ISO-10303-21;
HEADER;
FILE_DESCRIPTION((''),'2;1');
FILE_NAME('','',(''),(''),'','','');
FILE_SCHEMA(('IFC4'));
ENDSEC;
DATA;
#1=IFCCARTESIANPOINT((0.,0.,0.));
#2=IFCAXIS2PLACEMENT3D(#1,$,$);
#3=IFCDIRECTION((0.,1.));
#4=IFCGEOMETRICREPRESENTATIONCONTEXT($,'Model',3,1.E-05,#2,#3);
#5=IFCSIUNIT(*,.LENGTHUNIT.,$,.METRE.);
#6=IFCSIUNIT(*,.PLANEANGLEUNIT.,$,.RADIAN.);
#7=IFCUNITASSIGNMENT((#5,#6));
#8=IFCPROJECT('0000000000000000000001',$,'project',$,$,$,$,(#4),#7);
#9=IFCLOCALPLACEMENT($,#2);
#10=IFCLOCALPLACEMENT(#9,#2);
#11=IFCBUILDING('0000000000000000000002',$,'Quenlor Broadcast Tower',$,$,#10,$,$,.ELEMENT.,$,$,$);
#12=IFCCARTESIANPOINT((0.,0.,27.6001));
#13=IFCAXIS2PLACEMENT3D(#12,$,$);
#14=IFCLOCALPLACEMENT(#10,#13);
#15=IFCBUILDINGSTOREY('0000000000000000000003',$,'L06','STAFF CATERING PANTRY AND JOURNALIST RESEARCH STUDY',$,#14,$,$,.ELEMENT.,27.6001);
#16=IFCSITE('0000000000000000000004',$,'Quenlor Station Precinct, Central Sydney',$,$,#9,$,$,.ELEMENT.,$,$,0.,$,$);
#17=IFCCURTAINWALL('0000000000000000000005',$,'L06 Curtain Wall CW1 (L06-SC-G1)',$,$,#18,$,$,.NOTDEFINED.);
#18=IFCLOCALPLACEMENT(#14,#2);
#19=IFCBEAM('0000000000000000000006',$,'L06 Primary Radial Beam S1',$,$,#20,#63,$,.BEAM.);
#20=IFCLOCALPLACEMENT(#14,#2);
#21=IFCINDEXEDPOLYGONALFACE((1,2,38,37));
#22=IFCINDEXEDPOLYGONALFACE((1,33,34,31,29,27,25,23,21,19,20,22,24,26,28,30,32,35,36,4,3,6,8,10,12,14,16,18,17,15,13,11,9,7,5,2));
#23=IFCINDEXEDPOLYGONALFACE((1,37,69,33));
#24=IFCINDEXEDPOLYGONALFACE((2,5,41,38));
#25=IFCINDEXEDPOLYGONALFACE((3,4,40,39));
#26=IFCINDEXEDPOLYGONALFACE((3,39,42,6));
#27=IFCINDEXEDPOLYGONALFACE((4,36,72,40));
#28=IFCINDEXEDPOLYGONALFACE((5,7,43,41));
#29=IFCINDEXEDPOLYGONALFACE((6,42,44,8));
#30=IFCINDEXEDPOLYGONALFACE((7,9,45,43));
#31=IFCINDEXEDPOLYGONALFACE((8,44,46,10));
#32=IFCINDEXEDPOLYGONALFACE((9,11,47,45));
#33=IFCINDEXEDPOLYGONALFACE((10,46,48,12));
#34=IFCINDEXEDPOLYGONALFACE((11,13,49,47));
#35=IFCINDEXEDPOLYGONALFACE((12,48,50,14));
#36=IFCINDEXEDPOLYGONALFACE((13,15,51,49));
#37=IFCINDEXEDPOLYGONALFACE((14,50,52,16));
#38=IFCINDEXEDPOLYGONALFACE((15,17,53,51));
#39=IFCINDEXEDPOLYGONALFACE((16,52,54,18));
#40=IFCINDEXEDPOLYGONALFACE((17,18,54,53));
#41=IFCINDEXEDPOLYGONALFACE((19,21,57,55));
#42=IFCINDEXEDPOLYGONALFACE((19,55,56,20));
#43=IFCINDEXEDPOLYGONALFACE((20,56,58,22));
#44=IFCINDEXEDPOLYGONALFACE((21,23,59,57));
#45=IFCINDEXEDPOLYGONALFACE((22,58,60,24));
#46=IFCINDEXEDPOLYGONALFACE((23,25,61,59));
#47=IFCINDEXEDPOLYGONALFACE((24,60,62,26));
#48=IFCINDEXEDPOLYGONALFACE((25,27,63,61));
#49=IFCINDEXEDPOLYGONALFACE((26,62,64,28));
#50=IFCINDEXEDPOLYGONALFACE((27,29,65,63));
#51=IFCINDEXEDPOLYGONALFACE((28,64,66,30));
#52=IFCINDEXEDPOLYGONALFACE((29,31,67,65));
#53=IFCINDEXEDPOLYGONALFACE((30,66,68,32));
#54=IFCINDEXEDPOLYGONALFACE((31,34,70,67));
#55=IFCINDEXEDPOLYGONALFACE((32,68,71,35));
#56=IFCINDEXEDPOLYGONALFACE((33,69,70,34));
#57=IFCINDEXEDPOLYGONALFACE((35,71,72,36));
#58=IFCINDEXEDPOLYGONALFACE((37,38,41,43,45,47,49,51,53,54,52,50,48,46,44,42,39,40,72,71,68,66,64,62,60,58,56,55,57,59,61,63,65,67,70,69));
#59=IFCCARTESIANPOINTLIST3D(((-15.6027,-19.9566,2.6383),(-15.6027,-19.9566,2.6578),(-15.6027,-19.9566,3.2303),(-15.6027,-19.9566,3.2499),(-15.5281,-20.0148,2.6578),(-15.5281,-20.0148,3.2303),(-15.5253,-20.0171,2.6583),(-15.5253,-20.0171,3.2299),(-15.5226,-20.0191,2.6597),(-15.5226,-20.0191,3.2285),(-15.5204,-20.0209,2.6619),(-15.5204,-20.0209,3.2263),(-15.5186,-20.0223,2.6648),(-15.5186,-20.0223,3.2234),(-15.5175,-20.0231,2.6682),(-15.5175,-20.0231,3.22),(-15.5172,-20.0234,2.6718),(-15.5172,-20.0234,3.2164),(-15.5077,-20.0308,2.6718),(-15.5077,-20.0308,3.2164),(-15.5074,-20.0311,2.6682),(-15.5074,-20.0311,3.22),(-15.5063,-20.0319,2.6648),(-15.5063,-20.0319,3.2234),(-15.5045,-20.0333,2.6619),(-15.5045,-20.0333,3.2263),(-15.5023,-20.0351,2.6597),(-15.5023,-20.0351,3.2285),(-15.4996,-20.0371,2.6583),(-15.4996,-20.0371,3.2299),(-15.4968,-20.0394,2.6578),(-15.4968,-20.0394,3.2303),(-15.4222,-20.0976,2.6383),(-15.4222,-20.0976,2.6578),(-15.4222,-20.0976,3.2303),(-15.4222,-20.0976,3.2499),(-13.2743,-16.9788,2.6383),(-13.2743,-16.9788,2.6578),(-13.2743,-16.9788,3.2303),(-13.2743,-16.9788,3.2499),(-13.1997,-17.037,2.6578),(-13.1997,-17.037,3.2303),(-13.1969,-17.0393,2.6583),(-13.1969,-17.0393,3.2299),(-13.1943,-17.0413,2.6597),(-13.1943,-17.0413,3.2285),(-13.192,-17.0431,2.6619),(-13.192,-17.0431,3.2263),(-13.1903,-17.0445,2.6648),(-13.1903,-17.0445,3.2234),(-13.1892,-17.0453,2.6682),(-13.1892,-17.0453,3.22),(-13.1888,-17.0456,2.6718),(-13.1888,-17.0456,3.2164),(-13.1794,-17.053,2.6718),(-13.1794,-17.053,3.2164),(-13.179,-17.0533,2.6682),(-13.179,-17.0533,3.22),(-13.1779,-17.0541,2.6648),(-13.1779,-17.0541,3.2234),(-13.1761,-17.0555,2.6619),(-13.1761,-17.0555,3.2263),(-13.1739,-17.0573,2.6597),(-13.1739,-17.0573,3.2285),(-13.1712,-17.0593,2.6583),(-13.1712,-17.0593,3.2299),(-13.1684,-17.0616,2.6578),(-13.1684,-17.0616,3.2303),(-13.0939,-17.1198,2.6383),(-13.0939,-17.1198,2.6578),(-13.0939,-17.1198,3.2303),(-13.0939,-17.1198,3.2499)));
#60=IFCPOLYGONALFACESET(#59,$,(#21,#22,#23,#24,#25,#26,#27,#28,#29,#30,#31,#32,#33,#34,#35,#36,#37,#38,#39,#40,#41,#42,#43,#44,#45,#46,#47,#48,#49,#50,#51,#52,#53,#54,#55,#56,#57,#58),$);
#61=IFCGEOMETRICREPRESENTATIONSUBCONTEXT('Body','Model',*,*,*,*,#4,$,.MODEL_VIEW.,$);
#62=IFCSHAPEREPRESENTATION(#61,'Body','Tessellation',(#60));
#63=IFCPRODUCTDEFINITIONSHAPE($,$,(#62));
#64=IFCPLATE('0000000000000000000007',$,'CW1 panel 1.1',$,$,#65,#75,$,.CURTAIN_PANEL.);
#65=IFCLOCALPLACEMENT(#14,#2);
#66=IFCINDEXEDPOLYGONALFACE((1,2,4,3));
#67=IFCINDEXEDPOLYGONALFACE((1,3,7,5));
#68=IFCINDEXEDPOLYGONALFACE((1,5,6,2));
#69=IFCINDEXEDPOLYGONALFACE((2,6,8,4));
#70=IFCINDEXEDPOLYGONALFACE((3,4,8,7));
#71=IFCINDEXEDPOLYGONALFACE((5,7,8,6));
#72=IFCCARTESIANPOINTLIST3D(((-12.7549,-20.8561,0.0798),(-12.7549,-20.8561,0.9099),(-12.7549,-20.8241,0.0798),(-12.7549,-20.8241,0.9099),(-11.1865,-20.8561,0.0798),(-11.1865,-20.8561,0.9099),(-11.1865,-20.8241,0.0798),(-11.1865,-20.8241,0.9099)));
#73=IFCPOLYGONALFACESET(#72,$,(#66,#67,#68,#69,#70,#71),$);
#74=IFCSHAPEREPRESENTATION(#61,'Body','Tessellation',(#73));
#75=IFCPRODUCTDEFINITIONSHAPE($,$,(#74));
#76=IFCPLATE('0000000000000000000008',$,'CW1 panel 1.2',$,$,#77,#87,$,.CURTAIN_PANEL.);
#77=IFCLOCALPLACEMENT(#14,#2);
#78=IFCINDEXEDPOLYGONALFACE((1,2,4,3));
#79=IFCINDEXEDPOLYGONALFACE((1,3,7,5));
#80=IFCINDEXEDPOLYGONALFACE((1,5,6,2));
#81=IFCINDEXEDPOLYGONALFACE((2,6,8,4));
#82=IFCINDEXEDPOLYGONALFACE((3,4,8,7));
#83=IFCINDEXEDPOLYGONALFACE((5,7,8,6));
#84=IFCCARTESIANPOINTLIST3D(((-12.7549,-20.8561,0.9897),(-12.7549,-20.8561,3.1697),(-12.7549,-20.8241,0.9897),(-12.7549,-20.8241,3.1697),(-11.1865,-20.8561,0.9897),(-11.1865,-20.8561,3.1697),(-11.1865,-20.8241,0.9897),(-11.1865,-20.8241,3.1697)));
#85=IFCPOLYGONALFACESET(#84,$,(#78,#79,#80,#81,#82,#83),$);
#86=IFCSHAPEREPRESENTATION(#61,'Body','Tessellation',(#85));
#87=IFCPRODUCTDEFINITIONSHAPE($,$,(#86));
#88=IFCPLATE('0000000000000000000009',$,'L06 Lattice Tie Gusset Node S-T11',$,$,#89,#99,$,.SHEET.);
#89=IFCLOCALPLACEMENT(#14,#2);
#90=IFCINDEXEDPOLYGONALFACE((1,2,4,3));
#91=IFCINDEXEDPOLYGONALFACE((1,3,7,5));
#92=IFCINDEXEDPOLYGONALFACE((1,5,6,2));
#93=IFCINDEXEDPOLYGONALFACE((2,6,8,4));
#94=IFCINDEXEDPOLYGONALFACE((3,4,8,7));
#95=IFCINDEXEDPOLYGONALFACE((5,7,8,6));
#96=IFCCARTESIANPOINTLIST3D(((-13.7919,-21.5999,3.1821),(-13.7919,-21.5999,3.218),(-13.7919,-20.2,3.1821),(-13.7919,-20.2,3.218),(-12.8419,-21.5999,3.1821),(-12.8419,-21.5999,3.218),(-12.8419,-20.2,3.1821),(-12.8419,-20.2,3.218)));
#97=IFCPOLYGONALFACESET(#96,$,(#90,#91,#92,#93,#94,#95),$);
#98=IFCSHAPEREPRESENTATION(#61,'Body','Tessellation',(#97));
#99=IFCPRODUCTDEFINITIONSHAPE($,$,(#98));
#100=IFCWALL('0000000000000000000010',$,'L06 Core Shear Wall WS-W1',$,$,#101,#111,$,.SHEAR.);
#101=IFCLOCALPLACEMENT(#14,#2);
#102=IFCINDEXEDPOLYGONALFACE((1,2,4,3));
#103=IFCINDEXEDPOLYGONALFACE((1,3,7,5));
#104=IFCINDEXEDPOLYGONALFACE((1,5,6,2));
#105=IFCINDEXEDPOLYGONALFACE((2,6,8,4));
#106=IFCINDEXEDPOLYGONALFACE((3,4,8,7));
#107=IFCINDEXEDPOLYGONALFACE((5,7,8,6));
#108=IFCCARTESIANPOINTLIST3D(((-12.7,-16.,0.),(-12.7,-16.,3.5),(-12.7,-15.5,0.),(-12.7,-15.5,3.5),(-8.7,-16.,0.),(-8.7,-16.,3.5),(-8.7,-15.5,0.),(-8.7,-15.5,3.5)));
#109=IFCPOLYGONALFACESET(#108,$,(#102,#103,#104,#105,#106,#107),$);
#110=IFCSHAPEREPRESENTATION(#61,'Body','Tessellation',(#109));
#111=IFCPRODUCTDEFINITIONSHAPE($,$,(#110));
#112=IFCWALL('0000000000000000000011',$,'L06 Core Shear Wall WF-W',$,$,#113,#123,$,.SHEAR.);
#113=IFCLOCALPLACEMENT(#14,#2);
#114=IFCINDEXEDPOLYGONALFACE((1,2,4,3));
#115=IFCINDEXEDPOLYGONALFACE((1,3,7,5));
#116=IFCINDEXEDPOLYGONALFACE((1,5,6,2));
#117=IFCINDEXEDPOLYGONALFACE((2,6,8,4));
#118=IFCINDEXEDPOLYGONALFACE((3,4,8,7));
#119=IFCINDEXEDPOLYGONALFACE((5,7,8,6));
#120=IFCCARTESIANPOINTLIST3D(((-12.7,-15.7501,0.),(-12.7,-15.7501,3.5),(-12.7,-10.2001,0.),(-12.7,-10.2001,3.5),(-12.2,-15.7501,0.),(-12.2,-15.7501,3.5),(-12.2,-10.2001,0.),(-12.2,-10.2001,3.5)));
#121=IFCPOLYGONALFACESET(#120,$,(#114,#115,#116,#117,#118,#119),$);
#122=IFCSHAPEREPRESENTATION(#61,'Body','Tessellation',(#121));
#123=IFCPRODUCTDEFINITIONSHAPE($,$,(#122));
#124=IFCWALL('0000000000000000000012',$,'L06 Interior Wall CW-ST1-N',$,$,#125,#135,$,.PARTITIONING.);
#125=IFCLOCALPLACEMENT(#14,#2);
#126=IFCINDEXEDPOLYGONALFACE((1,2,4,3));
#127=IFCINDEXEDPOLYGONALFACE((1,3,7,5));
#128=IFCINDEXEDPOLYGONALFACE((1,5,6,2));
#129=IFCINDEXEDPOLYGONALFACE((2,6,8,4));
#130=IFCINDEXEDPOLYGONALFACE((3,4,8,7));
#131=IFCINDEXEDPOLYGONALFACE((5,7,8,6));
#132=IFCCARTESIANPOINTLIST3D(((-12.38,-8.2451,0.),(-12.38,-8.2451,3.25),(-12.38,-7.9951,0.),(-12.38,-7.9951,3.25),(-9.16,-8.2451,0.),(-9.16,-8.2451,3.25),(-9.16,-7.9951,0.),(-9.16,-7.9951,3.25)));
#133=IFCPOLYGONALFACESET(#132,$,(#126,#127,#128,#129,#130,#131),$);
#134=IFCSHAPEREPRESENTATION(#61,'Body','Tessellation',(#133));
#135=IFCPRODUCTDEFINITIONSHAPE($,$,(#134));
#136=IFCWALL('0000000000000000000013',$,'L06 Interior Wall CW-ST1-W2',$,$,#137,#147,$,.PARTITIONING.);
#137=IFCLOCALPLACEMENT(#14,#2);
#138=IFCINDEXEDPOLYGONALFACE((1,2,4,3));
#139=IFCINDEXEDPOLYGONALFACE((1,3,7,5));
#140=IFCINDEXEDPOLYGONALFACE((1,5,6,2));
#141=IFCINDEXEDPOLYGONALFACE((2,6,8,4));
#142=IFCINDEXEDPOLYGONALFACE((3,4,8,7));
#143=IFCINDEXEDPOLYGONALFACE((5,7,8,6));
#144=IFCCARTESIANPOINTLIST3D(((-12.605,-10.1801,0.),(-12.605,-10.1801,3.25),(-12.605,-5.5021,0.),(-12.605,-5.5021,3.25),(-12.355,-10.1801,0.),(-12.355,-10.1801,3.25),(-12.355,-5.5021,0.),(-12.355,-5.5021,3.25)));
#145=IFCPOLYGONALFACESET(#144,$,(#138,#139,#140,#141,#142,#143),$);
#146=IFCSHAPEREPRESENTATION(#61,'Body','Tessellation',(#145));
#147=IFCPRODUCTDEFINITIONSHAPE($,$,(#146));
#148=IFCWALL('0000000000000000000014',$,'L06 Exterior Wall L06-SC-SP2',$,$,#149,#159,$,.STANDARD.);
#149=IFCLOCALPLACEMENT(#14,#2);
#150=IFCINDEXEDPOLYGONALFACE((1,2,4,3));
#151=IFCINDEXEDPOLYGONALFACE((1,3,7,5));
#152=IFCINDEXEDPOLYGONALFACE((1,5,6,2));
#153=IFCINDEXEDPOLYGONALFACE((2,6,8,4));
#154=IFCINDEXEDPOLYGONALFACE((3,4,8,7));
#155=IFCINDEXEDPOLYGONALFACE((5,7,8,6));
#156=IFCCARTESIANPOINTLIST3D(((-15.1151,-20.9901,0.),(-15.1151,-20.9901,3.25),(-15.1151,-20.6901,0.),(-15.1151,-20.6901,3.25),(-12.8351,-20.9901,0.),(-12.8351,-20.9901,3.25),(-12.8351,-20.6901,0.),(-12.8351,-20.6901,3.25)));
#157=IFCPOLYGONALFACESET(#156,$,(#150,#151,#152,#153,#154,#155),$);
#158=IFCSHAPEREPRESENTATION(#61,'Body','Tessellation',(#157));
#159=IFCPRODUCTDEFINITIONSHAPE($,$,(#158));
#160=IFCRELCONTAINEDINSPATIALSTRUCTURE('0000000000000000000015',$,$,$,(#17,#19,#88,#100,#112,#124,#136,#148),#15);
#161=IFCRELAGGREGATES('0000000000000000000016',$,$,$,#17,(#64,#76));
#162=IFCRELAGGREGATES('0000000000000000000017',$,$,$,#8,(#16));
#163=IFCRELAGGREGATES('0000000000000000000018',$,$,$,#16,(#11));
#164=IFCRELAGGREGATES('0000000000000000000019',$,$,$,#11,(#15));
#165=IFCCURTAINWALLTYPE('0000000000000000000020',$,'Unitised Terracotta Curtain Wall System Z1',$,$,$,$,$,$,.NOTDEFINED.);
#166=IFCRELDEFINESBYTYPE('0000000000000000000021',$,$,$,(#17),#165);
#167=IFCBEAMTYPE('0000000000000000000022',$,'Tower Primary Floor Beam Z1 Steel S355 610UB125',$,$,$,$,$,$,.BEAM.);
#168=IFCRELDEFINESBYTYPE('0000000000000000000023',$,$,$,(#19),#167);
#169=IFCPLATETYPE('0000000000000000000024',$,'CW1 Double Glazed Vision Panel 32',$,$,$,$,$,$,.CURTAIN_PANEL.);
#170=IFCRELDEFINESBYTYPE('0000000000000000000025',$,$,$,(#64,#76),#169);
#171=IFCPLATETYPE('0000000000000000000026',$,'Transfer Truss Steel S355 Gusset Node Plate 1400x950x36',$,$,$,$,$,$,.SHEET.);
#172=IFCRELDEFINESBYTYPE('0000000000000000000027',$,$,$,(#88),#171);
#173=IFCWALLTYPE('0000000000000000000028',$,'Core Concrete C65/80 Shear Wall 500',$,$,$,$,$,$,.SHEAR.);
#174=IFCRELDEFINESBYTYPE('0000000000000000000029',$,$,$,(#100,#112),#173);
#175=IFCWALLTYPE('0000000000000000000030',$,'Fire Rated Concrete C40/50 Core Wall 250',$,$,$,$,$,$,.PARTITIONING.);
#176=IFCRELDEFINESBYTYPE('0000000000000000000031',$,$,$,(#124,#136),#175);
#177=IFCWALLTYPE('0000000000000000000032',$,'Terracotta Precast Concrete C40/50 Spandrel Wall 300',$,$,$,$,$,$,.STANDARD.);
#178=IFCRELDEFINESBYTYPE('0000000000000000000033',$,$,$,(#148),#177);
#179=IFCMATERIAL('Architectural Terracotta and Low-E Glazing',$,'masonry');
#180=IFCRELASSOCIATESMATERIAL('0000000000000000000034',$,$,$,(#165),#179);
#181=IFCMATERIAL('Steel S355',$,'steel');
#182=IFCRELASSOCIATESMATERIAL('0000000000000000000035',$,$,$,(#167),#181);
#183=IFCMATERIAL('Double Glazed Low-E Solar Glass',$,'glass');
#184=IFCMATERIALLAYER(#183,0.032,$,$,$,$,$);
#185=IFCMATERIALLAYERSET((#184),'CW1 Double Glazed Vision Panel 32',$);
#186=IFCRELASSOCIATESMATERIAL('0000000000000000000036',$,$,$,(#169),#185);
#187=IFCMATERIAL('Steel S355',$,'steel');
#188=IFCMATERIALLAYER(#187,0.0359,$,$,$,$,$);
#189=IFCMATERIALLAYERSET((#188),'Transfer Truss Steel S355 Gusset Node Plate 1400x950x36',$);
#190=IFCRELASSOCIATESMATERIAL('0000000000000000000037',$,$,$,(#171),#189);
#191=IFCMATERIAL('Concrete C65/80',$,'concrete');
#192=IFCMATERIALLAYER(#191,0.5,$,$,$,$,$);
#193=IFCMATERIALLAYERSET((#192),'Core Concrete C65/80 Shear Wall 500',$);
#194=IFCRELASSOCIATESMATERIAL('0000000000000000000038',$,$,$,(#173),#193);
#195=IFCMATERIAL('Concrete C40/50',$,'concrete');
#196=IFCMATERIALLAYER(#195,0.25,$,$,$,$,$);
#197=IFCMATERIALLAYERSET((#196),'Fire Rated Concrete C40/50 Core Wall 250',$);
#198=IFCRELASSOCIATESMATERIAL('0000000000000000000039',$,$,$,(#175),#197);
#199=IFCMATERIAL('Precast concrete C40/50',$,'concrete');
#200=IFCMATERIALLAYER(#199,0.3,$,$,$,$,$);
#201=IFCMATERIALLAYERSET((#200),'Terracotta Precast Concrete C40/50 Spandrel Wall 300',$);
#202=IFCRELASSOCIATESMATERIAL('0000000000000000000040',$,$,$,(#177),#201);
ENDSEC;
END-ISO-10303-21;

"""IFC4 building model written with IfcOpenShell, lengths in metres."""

from ifc_helpers import new_model, si_unit, direction, frame, frame_2d, origin, origin_2d, place, context, subcontext, project, spatial, rectangle, i_section, extrude, material, layer, layer_set, material_profile, profile_set, type_object, element, aggregate, save


model = new_model("IFC4")

# Units and contexts
model_context = context("Model", 3, precision=1e-05, world=origin(), true_north=direction((0.0, 1.0)))
body_context = subcontext(model_context, "Body", "Model", "MODEL_VIEW")
ifc_project = project(units=[si_unit("LENGTHUNIT", "METRE"), si_unit("PLANEANGLEUNIT", "RADIAN")], contexts=[model_context])

# Site, building, storey
site_placement = place(None, origin())
site = spatial("IfcSite", under=ifc_project, at=site_placement, Name="Quenlor Station Precinct, Central Sydney", CompositionType="ELEMENT", RefElevation=0.0)
building_placement = place(site_placement, origin())
building = spatial("IfcBuilding", under=site, at=building_placement, Name="Quenlor Broadcast Tower", CompositionType="ELEMENT")
storey_placement = place(building_placement, frame((0.0, 0.0, 27.6001)))
storey = spatial("IfcBuildingStorey", under=building, at=storey_placement, Name="L06", Description="STAFF CATERING PANTRY AND JOURNALIST RESEARCH STUDY", CompositionType="ELEMENT", Elevation=27.6001)

# Curtain wall
ifc_material_1 = material(Name="Architectural Terracotta and Low-E Glazing", Category="masonry")
curtain_wall_type = type_object("IfcCurtainWallType", Name="Unitised Terracotta Curtain Wall System Z1", PredefinedType="NOTDEFINED", material=ifc_material_1)
curtain_wall_placement = place(storey_placement, origin())
curtain_wall = element("IfcCurtainWall", 1, at=curtain_wall_placement, inside=storey, type_object=curtain_wall_type, Name="L06 Curtain Wall CW1 (L06-SC-G1)", PredefinedType="NOTDEFINED")

# Beam
ifc_material_2 = material(Name="Steel S355", Category="steel")
ifc_material_profile_1 = material_profile(ifc_material_2, i_section(OverallWidth=0.229, OverallDepth=0.6116, WebThickness=0.012, FlangeThickness=0.0195, FilletRadius=0.0139, at=origin_2d()))
ifc_profile_set_1 = profile_set([ifc_material_profile_1], Name="Steel S355 610UB125")
beam_type_1 = type_object("IfcBeamType", Name="Tower Primary Floor Beam Z1 Steel S355 610UB125", PredefinedType="BEAM", material=ifc_profile_set_1)
beam_1_placement = place(storey_placement, frame((-15.5125, -20.0271, 2.9441), z_axis=(0.615969, 0.787771, 0.0), x_axis=(-0.787771, 0.615969, 0.0)))
element("IfcBeam", 2, at=beam_1_placement, inside=storey, type_object=beam_type_1, Name="L06 Primary Radial Beam S1", PredefinedType="BEAM", context=body_context, shape_type="SweptSolid", body=[
    extrude(i_section(OverallWidth=0.229, OverallDepth=0.6116, WebThickness=0.012, FlangeThickness=0.0195, FilletRadius=0.0139, at=origin_2d()), origin(), (0.0, 0.0, 1.0), 3.78),
])

# Plates
ifc_material_3 = material(Name="Double Glazed Low-E Solar Glass", Category="glass")
ifc_layer_1 = layer(ifc_material_3, 0.032)
ifc_layer_set_1 = layer_set([ifc_layer_1], Name="CW1 Double Glazed Vision Panel 32")
plate_type_1 = type_object("IfcPlateType", Name="CW1 Double Glazed Vision Panel 32", PredefinedType="CURTAIN_PANEL", material=ifc_layer_set_1)
plate_1_placement = place(storey_placement, frame((-11.9707, -20.8401, 0.0798), z_axis=(0.0, 0.0, 1.0), x_axis=(-1.0, 0.0, 0.0)))
plate_1 = element("IfcPlate", 3, at=plate_1_placement, type_object=plate_type_1, Name="CW1 panel 1.1", PredefinedType="CURTAIN_PANEL", context=body_context, shape_type="SweptSolid", body=[
    extrude(rectangle(XDim=1.5684, YDim=0.032, at=origin_2d()), origin(), (0.0, 0.0, 1.0), 0.8301),
])
plate_2_placement = place(storey_placement, frame((-11.9707, -20.8401, 0.9897), z_axis=(0.0, 0.0, 1.0), x_axis=(-1.0, 0.0, 0.0)))
plate_2 = element("IfcPlate", 4, at=plate_2_placement, type_object=plate_type_1, Name="CW1 panel 1.2", PredefinedType="CURTAIN_PANEL", context=body_context, shape_type="SweptSolid", body=[
    extrude(rectangle(XDim=1.5684, YDim=0.032, at=origin_2d()), origin(), (0.0, 0.0, 1.0), 2.1799),
])
aggregate(curtain_wall, [plate_1, plate_2])
ifc_material_4 = material(Name="Steel S355", Category="steel")
ifc_layer_2 = layer(ifc_material_4, 0.0359)
ifc_layer_set_2 = layer_set([ifc_layer_2], Name="Transfer Truss Steel S355 Gusset Node Plate 1400x950x36")
plate_type_2 = type_object("IfcPlateType", Name="Transfer Truss Steel S355 Gusset Node Plate 1400x950x36", PredefinedType="SHEET", material=ifc_layer_set_2)
plate_3_placement = place(storey_placement, frame((-13.3169, -20.8999, 3.1821), z_axis=(0.0, 0.0, 1.0), x_axis=(0.0, -1.0, 0.0)))
element("IfcPlate", 5, at=plate_3_placement, inside=storey, type_object=plate_type_2, Name="L06 Lattice Tie Gusset Node S-T11", PredefinedType="SHEET", context=body_context, shape_type="SweptSolid", body=[
    extrude(rectangle(XDim=1.3999, YDim=0.95, at=origin_2d()), origin(), (0.0, 0.0, 1.0), 0.0359),
])

# Walls
ifc_material_5 = material(Name="Concrete C65/80", Category="concrete")
ifc_layer_3 = layer(ifc_material_5, 0.5)
ifc_layer_set_3 = layer_set([ifc_layer_3], Name="Core Concrete C65/80 Shear Wall 500")
wall_type_1 = type_object("IfcWallType", Name="Core Concrete C65/80 Shear Wall 500", PredefinedType="SHEAR", material=ifc_layer_set_3)
wall_1_placement = place(storey_placement, frame((-12.7, -15.75, 0.0), z_axis=(0.0, 0.0, 1.0), x_axis=(1.0, 0.0, 0.0)))
element("IfcWall", 6, at=wall_1_placement, inside=storey, type_object=wall_type_1, Name="L06 Core Shear Wall WS-W1", PredefinedType="SHEAR", context=body_context, shape_type="SweptSolid", body=[
    extrude(rectangle(XDim=4.0, YDim=0.5, at=frame_2d((2.0, 0.0))), origin(), (0.0, 0.0, 1.0), 3.5),
])
wall_2_placement = place(storey_placement, frame((-12.45, -15.75, 0.0), z_axis=(0.0, 0.0, 1.0), x_axis=(0.0, 1.0, 0.0)))
element("IfcWall", 7, at=wall_2_placement, inside=storey, type_object=wall_type_1, Name="L06 Core Shear Wall WF-W", PredefinedType="SHEAR", context=body_context, shape_type="SweptSolid", body=[
    extrude(rectangle(XDim=5.55, YDim=0.5, at=frame_2d((2.7749, 0.0))), origin(), (0.0, 0.0, 1.0), 3.5),
])
ifc_material_6 = material(Name="Concrete C40/50", Category="concrete")
ifc_layer_4 = layer(ifc_material_6, 0.25)
ifc_layer_set_4 = layer_set([ifc_layer_4], Name="Fire Rated Concrete C40/50 Core Wall 250")
wall_type_2 = type_object("IfcWallType", Name="Fire Rated Concrete C40/50 Core Wall 250", PredefinedType="PARTITIONING", material=ifc_layer_set_4)
wall_3_placement = place(storey_placement, frame((-12.3799, -8.1201, 0.0), z_axis=(0.0, 0.0, 1.0), x_axis=(1.0, 0.0, 0.0)))
element("IfcWall", 8, at=wall_3_placement, inside=storey, type_object=wall_type_2, Name="L06 Interior Wall CW-ST1-N", PredefinedType="PARTITIONING", context=body_context, shape_type="SweptSolid", body=[
    extrude(rectangle(XDim=3.22, YDim=0.25, at=frame_2d((1.6099, 0.0))), origin(), (0.0, 0.0, 1.0), 3.25),
])
wall_4_placement = place(storey_placement, frame((-12.48, -10.1799, 0.0), z_axis=(0.0, 0.0, 1.0), x_axis=(0.0, 1.0, 0.0)))
element("IfcWall", 9, at=wall_4_placement, inside=storey, type_object=wall_type_2, Name="L06 Interior Wall CW-ST1-W2", PredefinedType="PARTITIONING", context=body_context, shape_type="SweptSolid", body=[
    extrude(rectangle(XDim=4.678, YDim=0.25, at=frame_2d((2.3389, 0.0))), origin(), (0.0, 0.0, 1.0), 3.25),
])

# Wall
ifc_material_7 = material(Name="Precast concrete C40/50", Category="concrete")
ifc_layer_5 = layer(ifc_material_7, 0.3)
ifc_layer_set_5 = layer_set([ifc_layer_5], Name="Terracotta Precast Concrete C40/50 Spandrel Wall 300")
wall_type_3 = type_object("IfcWallType", Name="Terracotta Precast Concrete C40/50 Spandrel Wall 300", PredefinedType="STANDARD", material=ifc_layer_set_5)
wall_5_placement = place(storey_placement, frame((-12.835, -20.8401, 0.0), z_axis=(0.0, 0.0, 1.0), x_axis=(-1.0, 0.0, 0.0)))
element("IfcWall", 10, at=wall_5_placement, inside=storey, type_object=wall_type_3, Name="L06 Exterior Wall L06-SC-SP2", PredefinedType="STANDARD", context=body_context, shape_type="SweptSolid", body=[
    extrude(rectangle(XDim=2.28, YDim=0.3, at=frame_2d((1.1401, 0.0))), origin(), (0.0, 0.0, 1.0), 3.25),
])

save(model, "model.ifc")
